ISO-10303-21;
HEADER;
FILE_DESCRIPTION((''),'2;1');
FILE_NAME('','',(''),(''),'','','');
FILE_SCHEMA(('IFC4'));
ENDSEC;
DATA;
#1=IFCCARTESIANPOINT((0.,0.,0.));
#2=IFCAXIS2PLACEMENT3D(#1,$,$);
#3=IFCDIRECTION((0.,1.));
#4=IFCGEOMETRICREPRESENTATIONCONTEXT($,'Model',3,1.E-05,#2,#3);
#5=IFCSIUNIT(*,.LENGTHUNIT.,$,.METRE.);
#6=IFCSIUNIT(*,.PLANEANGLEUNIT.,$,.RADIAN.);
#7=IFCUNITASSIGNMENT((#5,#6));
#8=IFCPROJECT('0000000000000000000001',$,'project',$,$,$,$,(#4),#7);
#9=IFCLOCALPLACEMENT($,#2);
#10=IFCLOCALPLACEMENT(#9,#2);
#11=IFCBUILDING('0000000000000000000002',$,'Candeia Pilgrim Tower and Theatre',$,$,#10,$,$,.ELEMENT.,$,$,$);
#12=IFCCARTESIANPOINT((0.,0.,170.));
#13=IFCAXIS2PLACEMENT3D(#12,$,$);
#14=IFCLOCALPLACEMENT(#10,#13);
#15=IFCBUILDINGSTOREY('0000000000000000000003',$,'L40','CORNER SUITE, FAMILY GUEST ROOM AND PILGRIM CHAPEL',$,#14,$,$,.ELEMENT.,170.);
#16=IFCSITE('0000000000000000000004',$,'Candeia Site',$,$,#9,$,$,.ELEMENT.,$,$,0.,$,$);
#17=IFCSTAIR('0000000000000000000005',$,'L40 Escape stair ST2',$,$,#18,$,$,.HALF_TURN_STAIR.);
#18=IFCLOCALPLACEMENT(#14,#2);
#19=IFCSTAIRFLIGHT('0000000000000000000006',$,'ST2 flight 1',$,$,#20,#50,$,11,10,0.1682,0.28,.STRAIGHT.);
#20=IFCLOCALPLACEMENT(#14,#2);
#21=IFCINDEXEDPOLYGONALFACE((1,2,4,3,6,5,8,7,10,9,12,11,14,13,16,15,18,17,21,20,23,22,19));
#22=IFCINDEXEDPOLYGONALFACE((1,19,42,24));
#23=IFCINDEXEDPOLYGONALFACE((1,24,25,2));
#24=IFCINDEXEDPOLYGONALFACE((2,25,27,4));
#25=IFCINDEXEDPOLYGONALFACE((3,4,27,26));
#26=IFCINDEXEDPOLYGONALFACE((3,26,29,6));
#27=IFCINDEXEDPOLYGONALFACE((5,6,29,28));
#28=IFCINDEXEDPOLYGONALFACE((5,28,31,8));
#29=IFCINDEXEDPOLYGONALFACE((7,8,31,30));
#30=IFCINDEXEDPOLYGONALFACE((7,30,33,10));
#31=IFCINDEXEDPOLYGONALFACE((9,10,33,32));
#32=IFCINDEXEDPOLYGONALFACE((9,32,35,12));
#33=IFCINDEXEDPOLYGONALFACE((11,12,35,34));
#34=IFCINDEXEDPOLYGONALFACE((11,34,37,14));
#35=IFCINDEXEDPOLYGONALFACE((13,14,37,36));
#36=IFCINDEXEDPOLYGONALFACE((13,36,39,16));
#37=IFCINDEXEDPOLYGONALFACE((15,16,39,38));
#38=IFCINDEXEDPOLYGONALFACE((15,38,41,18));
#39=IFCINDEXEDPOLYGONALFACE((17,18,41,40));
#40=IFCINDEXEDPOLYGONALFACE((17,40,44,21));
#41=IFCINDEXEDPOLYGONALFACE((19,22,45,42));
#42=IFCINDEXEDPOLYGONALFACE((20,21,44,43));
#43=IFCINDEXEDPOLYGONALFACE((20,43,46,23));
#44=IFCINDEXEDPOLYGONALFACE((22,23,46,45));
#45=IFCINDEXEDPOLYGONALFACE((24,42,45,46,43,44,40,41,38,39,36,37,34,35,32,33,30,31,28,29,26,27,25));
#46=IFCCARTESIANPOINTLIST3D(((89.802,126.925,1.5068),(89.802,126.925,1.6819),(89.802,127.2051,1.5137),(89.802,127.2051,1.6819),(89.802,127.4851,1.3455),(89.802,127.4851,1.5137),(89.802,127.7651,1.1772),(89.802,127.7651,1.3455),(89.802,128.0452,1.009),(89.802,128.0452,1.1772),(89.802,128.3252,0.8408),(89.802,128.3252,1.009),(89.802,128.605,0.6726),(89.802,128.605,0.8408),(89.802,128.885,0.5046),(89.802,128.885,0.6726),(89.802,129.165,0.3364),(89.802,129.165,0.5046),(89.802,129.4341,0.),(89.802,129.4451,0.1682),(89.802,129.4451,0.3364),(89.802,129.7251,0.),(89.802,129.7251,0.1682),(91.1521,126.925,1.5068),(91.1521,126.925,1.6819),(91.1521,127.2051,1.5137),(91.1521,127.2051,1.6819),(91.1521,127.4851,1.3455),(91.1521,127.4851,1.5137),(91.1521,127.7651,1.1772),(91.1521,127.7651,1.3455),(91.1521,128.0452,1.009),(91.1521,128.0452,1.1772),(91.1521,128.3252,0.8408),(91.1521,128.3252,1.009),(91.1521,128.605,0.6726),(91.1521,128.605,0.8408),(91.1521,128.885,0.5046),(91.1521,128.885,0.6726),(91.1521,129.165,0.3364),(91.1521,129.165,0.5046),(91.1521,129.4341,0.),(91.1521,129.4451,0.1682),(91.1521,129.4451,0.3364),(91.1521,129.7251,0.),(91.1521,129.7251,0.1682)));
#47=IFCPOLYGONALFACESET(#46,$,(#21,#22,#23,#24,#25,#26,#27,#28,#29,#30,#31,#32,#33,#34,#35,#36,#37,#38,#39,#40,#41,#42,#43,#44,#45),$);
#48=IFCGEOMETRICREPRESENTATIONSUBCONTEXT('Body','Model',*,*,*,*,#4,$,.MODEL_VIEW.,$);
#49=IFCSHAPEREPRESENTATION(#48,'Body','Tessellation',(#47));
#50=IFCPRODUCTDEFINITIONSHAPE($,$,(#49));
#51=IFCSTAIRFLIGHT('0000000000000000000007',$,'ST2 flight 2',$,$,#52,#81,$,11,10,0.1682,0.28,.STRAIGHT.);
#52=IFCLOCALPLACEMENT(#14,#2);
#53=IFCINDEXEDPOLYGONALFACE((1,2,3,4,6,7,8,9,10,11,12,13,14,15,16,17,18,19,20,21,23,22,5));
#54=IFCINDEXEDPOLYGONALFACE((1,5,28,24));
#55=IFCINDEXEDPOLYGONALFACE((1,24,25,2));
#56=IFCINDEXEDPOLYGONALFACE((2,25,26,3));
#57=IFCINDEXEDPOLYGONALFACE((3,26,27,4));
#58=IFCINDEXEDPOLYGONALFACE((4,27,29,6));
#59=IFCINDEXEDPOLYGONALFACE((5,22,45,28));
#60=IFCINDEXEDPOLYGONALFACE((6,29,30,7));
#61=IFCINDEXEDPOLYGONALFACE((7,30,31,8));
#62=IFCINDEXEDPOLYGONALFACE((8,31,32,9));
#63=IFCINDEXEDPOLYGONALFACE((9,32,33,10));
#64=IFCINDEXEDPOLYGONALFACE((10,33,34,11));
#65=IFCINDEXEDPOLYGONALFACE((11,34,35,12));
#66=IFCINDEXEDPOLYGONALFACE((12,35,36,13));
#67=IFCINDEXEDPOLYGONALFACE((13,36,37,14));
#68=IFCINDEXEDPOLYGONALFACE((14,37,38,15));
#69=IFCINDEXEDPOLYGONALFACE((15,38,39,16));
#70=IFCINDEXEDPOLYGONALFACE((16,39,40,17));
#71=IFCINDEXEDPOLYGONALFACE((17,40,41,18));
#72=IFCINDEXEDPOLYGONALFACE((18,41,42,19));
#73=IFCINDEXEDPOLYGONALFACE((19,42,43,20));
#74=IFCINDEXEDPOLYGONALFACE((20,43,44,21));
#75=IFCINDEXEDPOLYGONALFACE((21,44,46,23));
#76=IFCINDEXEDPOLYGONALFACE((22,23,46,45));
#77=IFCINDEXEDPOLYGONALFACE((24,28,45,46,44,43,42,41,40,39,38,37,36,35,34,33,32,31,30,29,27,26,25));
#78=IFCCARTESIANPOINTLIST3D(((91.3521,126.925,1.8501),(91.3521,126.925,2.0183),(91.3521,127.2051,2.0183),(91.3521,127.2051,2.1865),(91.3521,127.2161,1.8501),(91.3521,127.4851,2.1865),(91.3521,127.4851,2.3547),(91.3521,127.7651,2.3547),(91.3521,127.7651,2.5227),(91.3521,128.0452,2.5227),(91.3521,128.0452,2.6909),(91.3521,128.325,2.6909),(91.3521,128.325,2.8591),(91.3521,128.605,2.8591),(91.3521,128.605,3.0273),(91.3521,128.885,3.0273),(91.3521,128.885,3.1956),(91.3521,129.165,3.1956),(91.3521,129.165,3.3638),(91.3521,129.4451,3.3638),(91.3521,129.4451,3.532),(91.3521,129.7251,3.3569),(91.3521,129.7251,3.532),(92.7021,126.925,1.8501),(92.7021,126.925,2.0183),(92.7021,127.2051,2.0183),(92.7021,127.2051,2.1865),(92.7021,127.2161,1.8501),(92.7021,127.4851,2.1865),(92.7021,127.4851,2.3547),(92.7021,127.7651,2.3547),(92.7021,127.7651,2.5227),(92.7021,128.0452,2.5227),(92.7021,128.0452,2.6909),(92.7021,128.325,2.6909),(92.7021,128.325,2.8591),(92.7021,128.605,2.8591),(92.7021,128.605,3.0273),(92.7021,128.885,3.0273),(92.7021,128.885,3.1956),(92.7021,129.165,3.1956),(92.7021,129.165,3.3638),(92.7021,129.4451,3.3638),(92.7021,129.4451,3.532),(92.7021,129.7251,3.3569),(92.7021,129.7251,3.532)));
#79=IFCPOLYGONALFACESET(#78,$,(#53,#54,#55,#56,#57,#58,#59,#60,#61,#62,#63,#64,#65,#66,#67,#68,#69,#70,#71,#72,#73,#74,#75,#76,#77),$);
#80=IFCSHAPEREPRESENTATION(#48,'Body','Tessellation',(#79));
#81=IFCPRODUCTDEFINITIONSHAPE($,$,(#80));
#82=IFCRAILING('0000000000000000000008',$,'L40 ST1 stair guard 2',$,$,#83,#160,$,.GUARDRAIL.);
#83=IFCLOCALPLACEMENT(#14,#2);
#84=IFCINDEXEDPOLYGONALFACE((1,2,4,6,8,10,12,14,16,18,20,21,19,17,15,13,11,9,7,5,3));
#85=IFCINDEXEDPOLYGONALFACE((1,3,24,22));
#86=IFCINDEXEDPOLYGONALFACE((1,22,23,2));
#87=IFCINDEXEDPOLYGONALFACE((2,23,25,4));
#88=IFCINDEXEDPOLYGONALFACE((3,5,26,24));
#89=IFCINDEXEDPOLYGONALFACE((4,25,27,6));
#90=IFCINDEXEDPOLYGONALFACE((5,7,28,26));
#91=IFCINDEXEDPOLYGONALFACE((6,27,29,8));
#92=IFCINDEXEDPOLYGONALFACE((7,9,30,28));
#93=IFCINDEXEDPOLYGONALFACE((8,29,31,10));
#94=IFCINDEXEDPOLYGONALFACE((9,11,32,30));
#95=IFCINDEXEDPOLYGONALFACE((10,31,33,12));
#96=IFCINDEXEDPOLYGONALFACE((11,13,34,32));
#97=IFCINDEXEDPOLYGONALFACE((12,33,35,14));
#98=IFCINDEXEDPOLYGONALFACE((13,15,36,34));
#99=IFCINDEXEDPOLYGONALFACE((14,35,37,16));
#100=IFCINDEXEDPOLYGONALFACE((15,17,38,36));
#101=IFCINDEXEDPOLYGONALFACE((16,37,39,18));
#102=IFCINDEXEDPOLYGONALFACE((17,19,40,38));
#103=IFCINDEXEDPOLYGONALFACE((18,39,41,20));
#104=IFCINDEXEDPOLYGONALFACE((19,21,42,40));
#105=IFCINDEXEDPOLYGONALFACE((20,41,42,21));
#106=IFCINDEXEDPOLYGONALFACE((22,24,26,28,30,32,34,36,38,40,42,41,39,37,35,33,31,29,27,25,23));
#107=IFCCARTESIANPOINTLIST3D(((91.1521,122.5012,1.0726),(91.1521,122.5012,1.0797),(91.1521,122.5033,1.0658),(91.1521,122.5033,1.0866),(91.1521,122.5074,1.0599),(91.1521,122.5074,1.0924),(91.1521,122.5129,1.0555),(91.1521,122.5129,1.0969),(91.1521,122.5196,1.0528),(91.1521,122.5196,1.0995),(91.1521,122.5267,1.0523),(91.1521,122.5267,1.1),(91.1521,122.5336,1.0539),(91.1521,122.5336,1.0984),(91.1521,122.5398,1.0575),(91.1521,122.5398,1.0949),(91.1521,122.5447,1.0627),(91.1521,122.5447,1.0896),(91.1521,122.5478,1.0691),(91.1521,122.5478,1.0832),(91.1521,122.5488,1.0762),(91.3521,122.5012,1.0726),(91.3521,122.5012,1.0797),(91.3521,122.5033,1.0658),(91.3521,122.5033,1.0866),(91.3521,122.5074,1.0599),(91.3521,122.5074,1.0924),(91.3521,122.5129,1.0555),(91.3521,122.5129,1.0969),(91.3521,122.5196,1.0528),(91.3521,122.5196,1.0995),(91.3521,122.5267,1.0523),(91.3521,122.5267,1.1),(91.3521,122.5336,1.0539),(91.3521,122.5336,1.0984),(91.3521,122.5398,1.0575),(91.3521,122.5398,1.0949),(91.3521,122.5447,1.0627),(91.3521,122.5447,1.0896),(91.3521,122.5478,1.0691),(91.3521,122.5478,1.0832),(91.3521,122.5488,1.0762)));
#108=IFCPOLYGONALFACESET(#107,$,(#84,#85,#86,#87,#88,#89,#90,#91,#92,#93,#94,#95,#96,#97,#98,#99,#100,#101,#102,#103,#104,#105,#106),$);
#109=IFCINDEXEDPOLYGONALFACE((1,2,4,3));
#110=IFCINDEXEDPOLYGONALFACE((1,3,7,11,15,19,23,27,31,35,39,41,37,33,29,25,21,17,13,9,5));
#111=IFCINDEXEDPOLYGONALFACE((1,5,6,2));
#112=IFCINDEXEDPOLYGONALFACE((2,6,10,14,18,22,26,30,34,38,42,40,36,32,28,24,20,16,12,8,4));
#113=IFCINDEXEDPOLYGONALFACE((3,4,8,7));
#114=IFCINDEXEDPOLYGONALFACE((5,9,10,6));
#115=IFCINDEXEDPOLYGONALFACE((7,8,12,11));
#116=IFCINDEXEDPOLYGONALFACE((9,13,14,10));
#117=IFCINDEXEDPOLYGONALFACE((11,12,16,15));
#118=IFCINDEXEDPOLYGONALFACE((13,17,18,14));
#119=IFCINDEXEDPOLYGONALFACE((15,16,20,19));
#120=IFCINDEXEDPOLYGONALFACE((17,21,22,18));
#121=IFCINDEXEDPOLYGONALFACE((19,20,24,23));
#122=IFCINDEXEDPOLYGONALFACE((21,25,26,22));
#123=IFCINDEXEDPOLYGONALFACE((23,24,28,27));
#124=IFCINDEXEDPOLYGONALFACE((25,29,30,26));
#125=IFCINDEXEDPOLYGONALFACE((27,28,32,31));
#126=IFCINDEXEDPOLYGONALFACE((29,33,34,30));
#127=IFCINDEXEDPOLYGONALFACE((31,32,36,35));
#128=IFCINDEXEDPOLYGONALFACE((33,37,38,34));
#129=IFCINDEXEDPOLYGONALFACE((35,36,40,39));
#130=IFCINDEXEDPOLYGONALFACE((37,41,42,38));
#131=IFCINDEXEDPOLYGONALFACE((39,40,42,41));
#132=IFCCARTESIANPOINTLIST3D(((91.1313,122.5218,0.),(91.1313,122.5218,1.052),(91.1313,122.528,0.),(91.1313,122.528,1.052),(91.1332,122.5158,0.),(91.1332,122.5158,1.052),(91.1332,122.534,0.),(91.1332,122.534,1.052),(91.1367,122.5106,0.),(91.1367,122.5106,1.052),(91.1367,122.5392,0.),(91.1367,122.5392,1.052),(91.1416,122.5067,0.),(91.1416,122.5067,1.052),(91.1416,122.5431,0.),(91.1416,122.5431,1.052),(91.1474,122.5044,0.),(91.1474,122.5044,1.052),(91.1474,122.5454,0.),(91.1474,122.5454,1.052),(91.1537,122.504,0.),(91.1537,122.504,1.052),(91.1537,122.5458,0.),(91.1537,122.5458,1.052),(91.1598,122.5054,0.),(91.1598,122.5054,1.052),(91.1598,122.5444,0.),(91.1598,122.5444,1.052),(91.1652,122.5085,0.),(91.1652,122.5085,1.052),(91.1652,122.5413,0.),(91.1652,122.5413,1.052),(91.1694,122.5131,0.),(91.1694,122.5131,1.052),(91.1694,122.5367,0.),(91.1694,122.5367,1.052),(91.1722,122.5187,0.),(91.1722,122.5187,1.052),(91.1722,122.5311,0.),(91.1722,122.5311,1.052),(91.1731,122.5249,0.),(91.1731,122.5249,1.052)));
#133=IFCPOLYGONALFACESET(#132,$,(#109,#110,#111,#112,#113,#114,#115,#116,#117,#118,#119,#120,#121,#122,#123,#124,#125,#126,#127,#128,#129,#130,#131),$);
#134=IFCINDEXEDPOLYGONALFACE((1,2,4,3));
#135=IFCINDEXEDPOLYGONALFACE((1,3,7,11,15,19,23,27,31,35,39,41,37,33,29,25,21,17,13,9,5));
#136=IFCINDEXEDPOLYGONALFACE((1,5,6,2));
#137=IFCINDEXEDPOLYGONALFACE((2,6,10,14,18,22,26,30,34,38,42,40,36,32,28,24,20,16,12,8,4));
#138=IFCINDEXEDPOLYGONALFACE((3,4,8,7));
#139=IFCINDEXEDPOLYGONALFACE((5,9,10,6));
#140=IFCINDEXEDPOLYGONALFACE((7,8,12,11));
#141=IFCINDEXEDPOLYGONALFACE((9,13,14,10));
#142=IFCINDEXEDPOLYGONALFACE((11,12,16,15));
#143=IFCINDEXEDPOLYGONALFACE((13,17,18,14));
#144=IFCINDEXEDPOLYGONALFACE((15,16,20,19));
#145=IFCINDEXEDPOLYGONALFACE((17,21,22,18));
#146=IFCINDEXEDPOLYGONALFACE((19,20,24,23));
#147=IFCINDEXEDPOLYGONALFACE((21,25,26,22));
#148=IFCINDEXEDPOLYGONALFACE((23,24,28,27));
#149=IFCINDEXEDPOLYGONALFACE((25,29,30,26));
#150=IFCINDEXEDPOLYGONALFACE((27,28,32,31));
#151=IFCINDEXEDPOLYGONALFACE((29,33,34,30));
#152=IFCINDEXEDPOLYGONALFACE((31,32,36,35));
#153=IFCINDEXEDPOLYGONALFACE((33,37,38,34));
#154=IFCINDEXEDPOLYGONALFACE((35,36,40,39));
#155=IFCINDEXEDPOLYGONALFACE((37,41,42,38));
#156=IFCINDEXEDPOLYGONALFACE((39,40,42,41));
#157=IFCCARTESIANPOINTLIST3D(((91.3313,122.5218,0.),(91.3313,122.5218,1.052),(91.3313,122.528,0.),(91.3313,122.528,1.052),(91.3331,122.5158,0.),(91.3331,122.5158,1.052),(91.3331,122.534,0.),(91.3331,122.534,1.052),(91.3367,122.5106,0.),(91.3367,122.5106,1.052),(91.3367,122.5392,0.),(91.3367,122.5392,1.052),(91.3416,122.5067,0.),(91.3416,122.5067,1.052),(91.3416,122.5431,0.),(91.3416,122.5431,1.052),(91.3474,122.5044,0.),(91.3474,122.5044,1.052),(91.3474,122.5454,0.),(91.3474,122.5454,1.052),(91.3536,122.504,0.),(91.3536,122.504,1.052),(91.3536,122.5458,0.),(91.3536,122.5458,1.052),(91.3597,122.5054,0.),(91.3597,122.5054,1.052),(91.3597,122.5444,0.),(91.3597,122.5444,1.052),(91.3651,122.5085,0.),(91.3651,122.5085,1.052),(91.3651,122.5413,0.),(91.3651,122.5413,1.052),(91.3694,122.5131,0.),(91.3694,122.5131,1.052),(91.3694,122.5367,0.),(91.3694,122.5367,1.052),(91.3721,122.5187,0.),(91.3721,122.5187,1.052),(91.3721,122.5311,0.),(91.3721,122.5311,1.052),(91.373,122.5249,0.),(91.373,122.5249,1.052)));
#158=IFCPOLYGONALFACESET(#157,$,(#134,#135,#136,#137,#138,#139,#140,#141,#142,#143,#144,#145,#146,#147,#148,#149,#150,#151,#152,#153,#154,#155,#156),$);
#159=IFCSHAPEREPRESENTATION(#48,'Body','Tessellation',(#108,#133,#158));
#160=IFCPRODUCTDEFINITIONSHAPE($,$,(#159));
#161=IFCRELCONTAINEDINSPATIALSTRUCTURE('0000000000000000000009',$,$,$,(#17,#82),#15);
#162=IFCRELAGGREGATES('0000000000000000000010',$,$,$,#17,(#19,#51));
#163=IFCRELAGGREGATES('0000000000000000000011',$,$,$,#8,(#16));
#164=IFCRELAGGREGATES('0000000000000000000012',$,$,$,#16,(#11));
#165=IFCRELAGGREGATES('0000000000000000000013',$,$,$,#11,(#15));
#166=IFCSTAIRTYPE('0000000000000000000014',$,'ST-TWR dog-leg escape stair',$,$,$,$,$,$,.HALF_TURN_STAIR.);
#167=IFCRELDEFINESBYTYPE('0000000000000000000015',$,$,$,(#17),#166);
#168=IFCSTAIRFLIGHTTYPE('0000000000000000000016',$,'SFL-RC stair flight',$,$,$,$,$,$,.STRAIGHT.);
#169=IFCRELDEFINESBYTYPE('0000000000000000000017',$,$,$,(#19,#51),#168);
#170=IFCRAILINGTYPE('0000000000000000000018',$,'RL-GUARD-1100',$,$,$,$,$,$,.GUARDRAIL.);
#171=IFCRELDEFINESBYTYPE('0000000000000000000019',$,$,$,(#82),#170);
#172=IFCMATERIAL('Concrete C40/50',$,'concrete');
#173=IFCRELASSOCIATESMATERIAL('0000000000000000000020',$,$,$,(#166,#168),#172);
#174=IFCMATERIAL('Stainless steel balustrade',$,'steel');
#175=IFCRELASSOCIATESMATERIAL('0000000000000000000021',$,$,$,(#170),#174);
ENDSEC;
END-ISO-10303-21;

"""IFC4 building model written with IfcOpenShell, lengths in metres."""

from ifc_helpers import new_model, si_unit, direction, frame, origin, origin_2d, place, context, subcontext, project, spatial, polyline, circle, outline, extrude, material, type_object, element, aggregate, save


model = new_model("IFC4")

# Units and contexts
model_context = context("Model", 3, precision=1e-05, world=origin(), true_north=direction((0.0, 1.0)))
body_context = subcontext(model_context, "Body", "Model", "MODEL_VIEW")
ifc_project = project(units=[si_unit("LENGTHUNIT", "METRE"), si_unit("PLANEANGLEUNIT", "RADIAN")], contexts=[model_context])

# Site, building, storey
site_placement = place(None, origin())
site = spatial("IfcSite", under=ifc_project, at=site_placement, Name="Candeia Site", CompositionType="ELEMENT", RefElevation=0.0)
building_placement = place(site_placement, origin())
building = spatial("IfcBuilding", under=site, at=building_placement, Name="Candeia Pilgrim Tower and Theatre", CompositionType="ELEMENT")
storey_placement = place(building_placement, frame((0.0, 0.0, 170.0)))
storey = spatial("IfcBuildingStorey", under=building, at=storey_placement, Name="L40", Description="CORNER SUITE, FAMILY GUEST ROOM AND PILGRIM CHAPEL", CompositionType="ELEMENT", Elevation=170.0)

# Shared definitions
ifc_material_1 = material(Name="Concrete C40/50", Category="concrete")

# Stair, stair flights
stair_type = type_object("IfcStairType", Name="ST-TWR dog-leg escape stair", PredefinedType="HALF_TURN_STAIR", material=ifc_material_1)
stair_flight_type = type_object("IfcStairFlightType", Name="SFL-RC stair flight", PredefinedType="STRAIGHT", material=ifc_material_1)
stair_1_placement = place(storey_placement, origin())
stair_1 = element("IfcStair", 1, at=stair_1_placement, inside=storey, type_object=stair_type, Name="L40 Escape stair ST2", PredefinedType="HALF_TURN_STAIR")
stair_flight_1_placement = place(storey_placement, frame((90.4771, 129.7251, 0.0), z_axis=(0.0, 0.0, 1.0), x_axis=(0.0, -1.0, 0.0)))
stair_flight_1 = element("IfcStairFlight", 2, at=stair_flight_1_placement, type_object=stair_flight_type, Name="ST2 flight 1", NumberOfRisers=11, NumberOfTreads=10, PredefinedType="STRAIGHT", RiserHeight=0.1682, TreadLength=0.28, context=body_context, shape_type="SweptSolid", body=[
    extrude(outline(polyline([(0.0, 0.0), (0.0, 0.1682), (0.28, 0.1682), (0.28, 0.3364), (0.5601, 0.3364), (0.5601, 0.5046), (0.8401, 0.5046), (0.8401, 0.6726), (1.1201, 0.6726), (1.1201, 0.8408), (1.3999, 0.8408), (1.3999, 1.009), (1.6799, 1.009), (1.6799, 1.1772), (1.96, 1.1772), (1.96, 1.3455), (2.24, 1.3455), (2.24, 1.5137), (2.52, 1.5137), (2.52, 1.6819), (2.8, 1.6819), (2.8, 1.8501), (2.8, 1.5068), (0.291, 0.0), (0.0, 0.0)])), frame((0.0, 0.675, 0.0), z_axis=(0.0, -1.0, 0.0), x_axis=(1.0, 0.0, 0.0)), (0.0, 0.0, 1.0), 1.3501),
])
stair_flight_2_placement = place(storey_placement, frame((92.0271, 126.925, 1.8501), z_axis=(0.0, 0.0, 1.0), x_axis=(0.0, 1.0, 0.0)))
stair_flight_2 = element("IfcStairFlight", 3, at=stair_flight_2_placement, type_object=stair_flight_type, Name="ST2 flight 2", NumberOfRisers=11, NumberOfTreads=10, PredefinedType="STRAIGHT", RiserHeight=0.1682, TreadLength=0.28, context=body_context, shape_type="SweptSolid", body=[
    extrude(outline(polyline([(0.0, 0.0), (0.0, 0.1682), (0.28, 0.1682), (0.28, 0.3364), (0.5601, 0.3364), (0.5601, 0.5046), (0.8401, 0.5046), (0.8401, 0.6726), (1.1201, 0.6726), (1.1201, 0.8408), (1.3999, 0.8408), (1.3999, 1.009), (1.6799, 1.009), (1.6799, 1.1772), (1.96, 1.1772), (1.96, 1.3455), (2.24, 1.3455), (2.24, 1.5137), (2.52, 1.5137), (2.52, 1.6819), (2.8, 1.6819), (2.8, 1.8501), (2.8, 1.5068), (0.291, 0.0), (0.0, 0.0)])), frame((0.0, 0.675, 0.0), z_axis=(0.0, -1.0, 0.0), x_axis=(1.0, 0.0, 0.0)), (0.0, 0.0, 1.0), 1.3501),
])
aggregate(stair_1, [stair_flight_1, stair_flight_2])

# Railing
ifc_material_2 = material(Name="Stainless steel balustrade", Category="steel")
railing_type_1 = type_object("IfcRailingType", Name="RL-GUARD-1100", PredefinedType="GUARDRAIL", material=ifc_material_2)
railing_1_placement = place(storey_placement, frame((91.1521, 122.5249, 0.0)))
element("IfcRailing", 4, at=railing_1_placement, inside=storey, type_object=railing_type_1, Name="L40 ST1 stair guard 2", PredefinedType="GUARDRAIL", context=body_context, shape_type="SweptSolid", body=[
    extrude(circle(Radius=0.0239, at=origin_2d()), frame((0.0, 0.0, 1.0762), z_axis=(1.0, 0.0, 0.0), x_axis=(0.0, 1.0, 0.0)), (0.0, 0.0, 1.0), 0.2),
    extrude(circle(Radius=0.021, at=origin_2d()), origin(), (0.0, 0.0, 1.0), 1.052),
    extrude(circle(Radius=0.021, at=origin_2d()), frame((0.2, 0.0, 0.0)), (0.0, 0.0, 1.0), 1.052),
])

save(model, "model.ifc")
